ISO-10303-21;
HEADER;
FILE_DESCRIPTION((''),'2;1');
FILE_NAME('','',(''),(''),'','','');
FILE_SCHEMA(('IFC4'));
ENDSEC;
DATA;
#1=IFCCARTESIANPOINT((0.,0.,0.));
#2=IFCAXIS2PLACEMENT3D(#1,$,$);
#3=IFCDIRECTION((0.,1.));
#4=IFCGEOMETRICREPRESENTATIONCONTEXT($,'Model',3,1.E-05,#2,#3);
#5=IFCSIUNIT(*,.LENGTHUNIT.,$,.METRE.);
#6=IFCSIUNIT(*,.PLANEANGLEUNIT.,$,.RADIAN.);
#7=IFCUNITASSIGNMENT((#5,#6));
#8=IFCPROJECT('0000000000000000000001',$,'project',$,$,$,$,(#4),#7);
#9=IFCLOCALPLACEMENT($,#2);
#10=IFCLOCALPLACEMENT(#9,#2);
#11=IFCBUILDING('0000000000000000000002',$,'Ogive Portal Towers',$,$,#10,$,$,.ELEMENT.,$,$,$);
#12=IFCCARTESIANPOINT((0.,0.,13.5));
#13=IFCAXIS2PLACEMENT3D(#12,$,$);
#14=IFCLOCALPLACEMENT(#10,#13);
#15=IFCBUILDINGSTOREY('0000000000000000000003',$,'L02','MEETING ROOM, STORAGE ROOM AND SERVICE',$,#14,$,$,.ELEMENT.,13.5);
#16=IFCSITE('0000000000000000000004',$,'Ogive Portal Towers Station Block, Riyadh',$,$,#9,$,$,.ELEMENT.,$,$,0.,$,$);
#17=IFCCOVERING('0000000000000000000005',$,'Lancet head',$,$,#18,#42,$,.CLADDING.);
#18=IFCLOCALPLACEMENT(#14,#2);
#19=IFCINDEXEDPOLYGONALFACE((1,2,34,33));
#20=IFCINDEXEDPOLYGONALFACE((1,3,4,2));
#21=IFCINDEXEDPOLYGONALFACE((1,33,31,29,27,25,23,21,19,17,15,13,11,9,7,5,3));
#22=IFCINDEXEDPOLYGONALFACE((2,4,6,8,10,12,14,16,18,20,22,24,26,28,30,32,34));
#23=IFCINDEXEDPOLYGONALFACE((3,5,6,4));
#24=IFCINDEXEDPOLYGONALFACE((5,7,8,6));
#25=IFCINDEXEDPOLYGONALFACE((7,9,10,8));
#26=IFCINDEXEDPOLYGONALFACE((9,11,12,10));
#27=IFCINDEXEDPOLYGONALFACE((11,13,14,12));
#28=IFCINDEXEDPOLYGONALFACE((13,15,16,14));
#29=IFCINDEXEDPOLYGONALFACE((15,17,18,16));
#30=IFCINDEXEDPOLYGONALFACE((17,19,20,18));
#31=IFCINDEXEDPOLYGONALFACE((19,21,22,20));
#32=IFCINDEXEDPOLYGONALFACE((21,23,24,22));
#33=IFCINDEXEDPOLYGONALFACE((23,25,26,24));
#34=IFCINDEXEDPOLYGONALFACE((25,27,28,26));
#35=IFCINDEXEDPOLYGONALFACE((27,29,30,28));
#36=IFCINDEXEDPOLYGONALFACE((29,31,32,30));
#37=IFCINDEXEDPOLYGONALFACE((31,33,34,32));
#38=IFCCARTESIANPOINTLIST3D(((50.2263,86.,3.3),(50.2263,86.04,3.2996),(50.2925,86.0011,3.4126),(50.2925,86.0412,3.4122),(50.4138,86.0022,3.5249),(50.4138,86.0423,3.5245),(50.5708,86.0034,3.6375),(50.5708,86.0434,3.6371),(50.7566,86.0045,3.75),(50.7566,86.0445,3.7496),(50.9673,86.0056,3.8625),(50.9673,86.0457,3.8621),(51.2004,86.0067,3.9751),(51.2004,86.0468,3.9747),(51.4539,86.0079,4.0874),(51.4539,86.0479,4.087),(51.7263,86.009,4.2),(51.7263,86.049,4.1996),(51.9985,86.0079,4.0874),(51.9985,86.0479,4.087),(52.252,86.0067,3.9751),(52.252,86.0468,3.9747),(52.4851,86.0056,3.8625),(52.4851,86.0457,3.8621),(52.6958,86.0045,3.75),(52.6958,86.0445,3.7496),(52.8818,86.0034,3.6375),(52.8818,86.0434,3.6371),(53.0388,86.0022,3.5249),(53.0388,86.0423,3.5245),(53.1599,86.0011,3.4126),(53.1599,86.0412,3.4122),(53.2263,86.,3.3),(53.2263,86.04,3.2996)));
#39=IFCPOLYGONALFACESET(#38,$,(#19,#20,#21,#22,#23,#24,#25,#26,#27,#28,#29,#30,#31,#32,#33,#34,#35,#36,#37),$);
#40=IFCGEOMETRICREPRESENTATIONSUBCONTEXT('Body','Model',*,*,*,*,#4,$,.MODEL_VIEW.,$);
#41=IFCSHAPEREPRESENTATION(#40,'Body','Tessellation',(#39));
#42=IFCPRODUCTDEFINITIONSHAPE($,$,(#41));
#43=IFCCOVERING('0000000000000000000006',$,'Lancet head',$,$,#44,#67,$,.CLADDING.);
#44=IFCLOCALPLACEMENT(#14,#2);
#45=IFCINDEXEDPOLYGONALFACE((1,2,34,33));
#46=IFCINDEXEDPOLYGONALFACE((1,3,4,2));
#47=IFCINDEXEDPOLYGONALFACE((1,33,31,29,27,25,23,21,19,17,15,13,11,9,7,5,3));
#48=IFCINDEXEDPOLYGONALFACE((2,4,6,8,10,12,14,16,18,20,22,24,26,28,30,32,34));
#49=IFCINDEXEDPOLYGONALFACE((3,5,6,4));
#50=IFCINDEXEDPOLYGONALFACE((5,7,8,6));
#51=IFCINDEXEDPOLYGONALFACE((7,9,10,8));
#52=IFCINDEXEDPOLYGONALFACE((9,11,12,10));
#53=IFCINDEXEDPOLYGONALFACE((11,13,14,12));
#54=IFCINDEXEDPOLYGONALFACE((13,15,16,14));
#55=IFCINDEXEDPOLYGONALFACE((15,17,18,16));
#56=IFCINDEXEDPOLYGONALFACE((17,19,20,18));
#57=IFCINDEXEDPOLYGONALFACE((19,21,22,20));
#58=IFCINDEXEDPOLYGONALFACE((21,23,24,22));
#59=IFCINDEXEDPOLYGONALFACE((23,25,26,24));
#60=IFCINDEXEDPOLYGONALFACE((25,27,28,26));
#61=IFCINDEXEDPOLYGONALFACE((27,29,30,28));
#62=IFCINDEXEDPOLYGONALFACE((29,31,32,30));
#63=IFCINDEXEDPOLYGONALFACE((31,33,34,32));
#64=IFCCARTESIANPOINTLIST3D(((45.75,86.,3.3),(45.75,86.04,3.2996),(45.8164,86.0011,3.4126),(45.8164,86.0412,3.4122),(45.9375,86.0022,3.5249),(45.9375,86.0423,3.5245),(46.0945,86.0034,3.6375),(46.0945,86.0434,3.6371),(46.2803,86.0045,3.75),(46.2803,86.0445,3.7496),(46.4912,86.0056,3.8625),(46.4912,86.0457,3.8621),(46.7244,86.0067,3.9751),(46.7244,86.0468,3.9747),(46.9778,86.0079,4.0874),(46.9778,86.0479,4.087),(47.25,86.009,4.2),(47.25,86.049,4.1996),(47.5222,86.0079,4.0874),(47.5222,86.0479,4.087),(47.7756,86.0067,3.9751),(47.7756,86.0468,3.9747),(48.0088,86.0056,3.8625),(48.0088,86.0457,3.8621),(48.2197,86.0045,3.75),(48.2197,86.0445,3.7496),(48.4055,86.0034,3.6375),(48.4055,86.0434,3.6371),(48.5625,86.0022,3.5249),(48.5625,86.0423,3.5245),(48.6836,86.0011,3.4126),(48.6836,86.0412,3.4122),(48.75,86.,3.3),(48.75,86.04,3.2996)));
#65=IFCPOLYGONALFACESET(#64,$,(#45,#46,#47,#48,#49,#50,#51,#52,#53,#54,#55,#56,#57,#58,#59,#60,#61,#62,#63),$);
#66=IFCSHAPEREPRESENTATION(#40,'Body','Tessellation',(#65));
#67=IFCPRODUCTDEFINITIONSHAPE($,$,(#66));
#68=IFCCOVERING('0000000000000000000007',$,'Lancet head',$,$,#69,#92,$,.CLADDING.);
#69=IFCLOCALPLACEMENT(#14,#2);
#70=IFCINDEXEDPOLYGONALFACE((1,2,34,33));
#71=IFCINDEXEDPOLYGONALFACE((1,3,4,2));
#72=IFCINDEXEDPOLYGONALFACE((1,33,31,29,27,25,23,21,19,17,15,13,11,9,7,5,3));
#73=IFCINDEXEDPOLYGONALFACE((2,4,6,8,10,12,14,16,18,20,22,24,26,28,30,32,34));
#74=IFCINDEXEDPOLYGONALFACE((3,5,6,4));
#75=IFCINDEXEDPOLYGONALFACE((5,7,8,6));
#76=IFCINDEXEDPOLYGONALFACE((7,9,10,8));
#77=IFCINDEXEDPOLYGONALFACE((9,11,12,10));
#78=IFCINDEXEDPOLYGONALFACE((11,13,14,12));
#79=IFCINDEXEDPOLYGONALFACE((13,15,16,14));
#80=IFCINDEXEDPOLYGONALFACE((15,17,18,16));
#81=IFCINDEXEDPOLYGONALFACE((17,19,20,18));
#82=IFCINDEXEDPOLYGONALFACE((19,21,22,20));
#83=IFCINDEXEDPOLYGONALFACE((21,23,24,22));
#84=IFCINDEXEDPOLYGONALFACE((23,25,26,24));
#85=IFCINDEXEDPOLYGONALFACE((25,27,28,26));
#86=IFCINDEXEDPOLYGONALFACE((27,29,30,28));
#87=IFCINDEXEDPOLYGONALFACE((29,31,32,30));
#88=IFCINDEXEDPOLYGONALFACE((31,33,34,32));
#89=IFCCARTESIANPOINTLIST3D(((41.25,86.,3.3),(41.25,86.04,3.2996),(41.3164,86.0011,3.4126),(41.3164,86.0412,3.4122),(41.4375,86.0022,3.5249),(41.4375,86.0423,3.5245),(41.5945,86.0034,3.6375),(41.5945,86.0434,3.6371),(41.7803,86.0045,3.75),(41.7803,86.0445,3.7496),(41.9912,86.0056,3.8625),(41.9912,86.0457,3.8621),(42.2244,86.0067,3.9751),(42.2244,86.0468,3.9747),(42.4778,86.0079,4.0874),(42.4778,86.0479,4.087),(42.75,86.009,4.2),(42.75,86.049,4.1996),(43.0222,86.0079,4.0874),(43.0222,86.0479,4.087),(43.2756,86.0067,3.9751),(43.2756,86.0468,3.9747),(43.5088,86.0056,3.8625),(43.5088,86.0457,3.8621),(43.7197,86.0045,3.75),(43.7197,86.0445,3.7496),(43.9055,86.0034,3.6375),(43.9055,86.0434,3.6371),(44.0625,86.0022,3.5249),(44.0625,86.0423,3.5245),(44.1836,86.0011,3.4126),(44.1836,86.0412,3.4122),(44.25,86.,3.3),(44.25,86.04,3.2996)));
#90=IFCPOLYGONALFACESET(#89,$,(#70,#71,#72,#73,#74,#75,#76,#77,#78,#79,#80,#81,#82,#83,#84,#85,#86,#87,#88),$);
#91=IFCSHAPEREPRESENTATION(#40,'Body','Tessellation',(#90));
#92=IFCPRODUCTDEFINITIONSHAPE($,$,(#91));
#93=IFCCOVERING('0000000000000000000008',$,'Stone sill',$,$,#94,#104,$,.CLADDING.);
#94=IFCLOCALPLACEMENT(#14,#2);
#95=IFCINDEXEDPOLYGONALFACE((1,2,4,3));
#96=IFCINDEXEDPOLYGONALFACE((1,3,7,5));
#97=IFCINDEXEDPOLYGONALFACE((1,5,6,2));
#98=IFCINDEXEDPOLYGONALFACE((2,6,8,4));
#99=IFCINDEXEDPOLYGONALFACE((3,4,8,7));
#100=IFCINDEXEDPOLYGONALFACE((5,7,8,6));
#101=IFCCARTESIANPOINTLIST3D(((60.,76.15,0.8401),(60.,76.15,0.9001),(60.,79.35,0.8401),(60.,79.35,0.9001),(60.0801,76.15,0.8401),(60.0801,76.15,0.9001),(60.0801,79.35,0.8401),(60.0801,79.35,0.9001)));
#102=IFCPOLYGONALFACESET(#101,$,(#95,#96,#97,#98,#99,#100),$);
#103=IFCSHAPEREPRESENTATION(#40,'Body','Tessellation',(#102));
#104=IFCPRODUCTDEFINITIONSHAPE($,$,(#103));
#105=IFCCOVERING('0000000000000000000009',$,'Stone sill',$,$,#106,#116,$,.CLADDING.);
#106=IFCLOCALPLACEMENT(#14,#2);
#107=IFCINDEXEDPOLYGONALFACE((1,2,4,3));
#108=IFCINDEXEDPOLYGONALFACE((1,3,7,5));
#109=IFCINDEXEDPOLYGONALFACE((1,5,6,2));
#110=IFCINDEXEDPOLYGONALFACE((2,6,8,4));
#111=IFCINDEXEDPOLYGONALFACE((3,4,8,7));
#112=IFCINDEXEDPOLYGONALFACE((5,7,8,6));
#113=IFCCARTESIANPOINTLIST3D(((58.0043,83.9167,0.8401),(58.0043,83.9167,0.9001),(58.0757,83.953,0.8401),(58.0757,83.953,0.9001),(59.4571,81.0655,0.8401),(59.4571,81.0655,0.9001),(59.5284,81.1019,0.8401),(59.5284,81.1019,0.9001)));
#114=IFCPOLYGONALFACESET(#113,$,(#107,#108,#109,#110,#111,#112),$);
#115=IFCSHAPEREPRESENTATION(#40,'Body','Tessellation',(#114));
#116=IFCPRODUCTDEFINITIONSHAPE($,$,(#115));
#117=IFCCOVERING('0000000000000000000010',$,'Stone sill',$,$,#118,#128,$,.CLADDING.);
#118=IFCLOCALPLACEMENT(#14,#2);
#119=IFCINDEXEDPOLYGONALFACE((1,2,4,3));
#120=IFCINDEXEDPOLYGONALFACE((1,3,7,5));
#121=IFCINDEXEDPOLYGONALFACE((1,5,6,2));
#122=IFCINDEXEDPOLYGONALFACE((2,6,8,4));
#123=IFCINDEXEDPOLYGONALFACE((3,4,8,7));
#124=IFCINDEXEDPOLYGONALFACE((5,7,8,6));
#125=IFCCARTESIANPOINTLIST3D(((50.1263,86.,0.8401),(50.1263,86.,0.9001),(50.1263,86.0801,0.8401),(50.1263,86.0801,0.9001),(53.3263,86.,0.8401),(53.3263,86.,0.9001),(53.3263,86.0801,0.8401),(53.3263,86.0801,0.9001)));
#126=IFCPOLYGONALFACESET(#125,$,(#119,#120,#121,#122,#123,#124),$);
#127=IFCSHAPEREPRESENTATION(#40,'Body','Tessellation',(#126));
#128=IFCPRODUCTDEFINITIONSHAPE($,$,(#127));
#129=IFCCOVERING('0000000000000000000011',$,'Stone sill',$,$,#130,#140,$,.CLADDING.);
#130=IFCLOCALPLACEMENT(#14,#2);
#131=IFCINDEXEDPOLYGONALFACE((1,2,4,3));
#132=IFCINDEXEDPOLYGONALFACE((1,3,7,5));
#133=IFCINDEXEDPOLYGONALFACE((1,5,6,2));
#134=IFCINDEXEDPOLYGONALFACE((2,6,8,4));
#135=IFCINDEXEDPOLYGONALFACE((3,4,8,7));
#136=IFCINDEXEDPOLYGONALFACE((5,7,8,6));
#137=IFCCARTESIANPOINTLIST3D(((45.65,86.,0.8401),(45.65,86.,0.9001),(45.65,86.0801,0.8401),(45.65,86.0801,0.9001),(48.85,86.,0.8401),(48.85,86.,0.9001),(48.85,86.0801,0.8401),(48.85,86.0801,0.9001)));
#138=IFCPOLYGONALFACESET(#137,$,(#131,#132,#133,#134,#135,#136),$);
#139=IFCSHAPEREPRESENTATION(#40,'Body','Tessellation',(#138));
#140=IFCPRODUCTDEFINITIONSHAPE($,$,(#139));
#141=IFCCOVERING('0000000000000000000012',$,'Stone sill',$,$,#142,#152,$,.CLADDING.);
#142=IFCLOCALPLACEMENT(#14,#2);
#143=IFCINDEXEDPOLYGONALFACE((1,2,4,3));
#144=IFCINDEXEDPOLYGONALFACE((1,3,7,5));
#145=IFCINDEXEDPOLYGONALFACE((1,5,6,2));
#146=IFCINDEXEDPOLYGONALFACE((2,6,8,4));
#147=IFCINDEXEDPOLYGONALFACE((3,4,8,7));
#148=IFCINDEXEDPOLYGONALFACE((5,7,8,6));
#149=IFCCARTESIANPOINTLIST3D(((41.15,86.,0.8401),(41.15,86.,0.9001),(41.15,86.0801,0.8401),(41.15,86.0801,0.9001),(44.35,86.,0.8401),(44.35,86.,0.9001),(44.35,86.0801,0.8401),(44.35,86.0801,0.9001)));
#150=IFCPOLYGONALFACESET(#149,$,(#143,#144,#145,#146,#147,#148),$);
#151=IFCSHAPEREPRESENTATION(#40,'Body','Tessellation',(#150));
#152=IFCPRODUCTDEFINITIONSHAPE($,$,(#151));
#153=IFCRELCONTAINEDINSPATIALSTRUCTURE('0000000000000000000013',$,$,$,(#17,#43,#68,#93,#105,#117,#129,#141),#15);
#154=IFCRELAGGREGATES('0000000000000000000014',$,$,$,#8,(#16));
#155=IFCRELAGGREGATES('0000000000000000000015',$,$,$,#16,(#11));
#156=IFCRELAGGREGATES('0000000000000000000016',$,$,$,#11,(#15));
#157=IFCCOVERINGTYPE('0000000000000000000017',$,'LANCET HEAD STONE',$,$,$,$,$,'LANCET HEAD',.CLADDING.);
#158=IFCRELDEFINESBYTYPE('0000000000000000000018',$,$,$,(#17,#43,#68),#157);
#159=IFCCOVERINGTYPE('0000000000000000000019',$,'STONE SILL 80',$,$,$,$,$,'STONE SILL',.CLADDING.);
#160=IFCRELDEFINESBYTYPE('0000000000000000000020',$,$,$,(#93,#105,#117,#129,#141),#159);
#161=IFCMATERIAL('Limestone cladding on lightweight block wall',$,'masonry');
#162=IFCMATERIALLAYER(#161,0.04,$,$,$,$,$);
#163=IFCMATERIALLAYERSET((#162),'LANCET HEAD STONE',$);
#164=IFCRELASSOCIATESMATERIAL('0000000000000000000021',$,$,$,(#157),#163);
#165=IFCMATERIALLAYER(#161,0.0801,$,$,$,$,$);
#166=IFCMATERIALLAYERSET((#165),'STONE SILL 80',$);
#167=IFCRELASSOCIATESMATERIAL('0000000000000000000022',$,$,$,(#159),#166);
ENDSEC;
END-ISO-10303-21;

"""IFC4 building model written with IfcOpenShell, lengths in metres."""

from ifc_helpers import new_model, si_unit, direction, frame, origin, origin_2d, place, context, subcontext, project, spatial, polyline, rectangle, outline, extrude, material, layer, layer_set, type_object, element, save


model = new_model("IFC4")

# Units and contexts
model_context = context("Model", 3, precision=1e-05, world=origin(), true_north=direction((0.0, 1.0)))
body_context = subcontext(model_context, "Body", "Model", "MODEL_VIEW")
ifc_project = project(units=[si_unit("LENGTHUNIT", "METRE"), si_unit("PLANEANGLEUNIT", "RADIAN")], contexts=[model_context])

# Site, building, storey
site_placement = place(None, origin())
site = spatial("IfcSite", under=ifc_project, at=site_placement, Name="Ogive Portal Towers Station Block, Riyadh", CompositionType="ELEMENT", RefElevation=0.0)
building_placement = place(site_placement, origin())
building = spatial("IfcBuilding", under=site, at=building_placement, Name="Ogive Portal Towers", CompositionType="ELEMENT")
storey_placement = place(building_placement, frame((0.0, 0.0, 13.5)))
storey = spatial("IfcBuildingStorey", under=building, at=storey_placement, Name="L02", Description="MEETING ROOM, STORAGE ROOM AND SERVICE", CompositionType="ELEMENT", Elevation=13.5)

# Shared definitions
ifc_material_1 = material(Name="Limestone cladding on lightweight block wall", Category="masonry")

# Coverings
ifc_layer_1 = layer(ifc_material_1, 0.04)
ifc_layer_set_1 = layer_set([ifc_layer_1], Name="LANCET HEAD STONE")
covering_type_1 = type_object("IfcCoveringType", Name="LANCET HEAD STONE", ElementType="LANCET HEAD", PredefinedType="CLADDING", material=ifc_layer_set_1)
covering_1_placement = place(storey_placement, frame((53.2263, 86.0, 3.3), z_axis=(0.0, -0.99995, 0.009994), x_axis=(-1.0, 0.0, 0.0)))
element("IfcCovering", 1, at=covering_1_placement, inside=storey, type_object=covering_type_1, Name="Lancet head", PredefinedType="CLADDING", context=body_context, shape_type="SweptSolid", body=[
    extrude(outline(polyline([(0.0, 0.0), (3.0, 0.0), (2.9338, -0.1126), (2.8125, -0.2249), (2.6555, -0.3374), (2.4697, -0.45), (2.259, -0.5625), (2.0259, -0.6751), (1.7725, -0.7874), (1.5, -0.8999), (1.2278, -0.7874), (0.9744, -0.6751), (0.7412, -0.5625), (0.5305, -0.45), (0.3445, -0.3374), (0.1875, -0.2249), (0.0664, -0.1126), (0.0, 0.0)])), origin(), (0.0, 0.0, -1.0), 0.04),
])
for number, where, z_axis, x_axis, name in (
    (2, (48.75, 86.0, 3.3), (0.0, -0.99995, 0.009994), (-1.0, 0.0, 0.0), "Lancet head"),
    (3, (44.25, 86.0, 3.3), (0.0, -0.99995, 0.009994), (-1.0, 0.0, 0.0), "Lancet head"),
):
    element("IfcCovering", number, at=place(storey_placement, frame(where, z_axis=z_axis, x_axis=x_axis)), inside=storey, type_object=covering_type_1, Name=name, PredefinedType="CLADDING", context=body_context, shape_type="SweptSolid", body=[
        extrude(outline(polyline([(0.0, 0.0), (3.0, 0.0), (2.9336, -0.1126), (2.8125, -0.2249), (2.6555, -0.3374), (2.4697, -0.45), (2.2588, -0.5625), (2.0256, -0.6751), (1.7722, -0.7874), (1.5, -0.8999), (1.2278, -0.7874), (0.9744, -0.6751), (0.7412, -0.5625), (0.5303, -0.45), (0.3445, -0.3374), (0.1875, -0.2249), (0.0664, -0.1126), (0.0, 0.0)])), origin(), (0.0, 0.0, -1.0), 0.04),
    ])
ifc_layer_2 = layer(ifc_material_1, 0.0801)
ifc_layer_set_2 = layer_set([ifc_layer_2], Name="STONE SILL 80")
covering_type_2 = type_object("IfcCoveringType", Name="STONE SILL 80", ElementType="STONE SILL", PredefinedType="CLADDING", material=ifc_layer_set_2)
for number, where, z_axis, x_axis, name in (
    (4, (60.04, 77.75, 0.8401), (0.0, 0.0, 1.0), (0.0, 1.0, 0.0), "Stone sill"),
    (5, (58.7664, 82.5093, 0.8401), (0.0, 0.0, 1.0), (-0.45399, 0.891007, 0.0), "Stone sill"),
    (6, (51.7263, 86.04, 0.8401), (0.0, 0.0, 1.0), (-1.0, 0.0, 0.0), "Stone sill"),
    (7, (47.25, 86.04, 0.8401), (0.0, 0.0, 1.0), (-1.0, 0.0, 0.0), "Stone sill"),
    (8, (42.75, 86.04, 0.8401), (0.0, 0.0, 1.0), (-1.0, 0.0, 0.0), "Stone sill"),
):
    element("IfcCovering", number, at=place(storey_placement, frame(where, z_axis=z_axis, x_axis=x_axis)), inside=storey, type_object=covering_type_2, Name=name, PredefinedType="CLADDING", context=body_context, shape_type="SweptSolid", body=[
        extrude(rectangle(XDim=3.2, YDim=0.0801, at=origin_2d()), origin(), (0.0, 0.0, 1.0), 0.0601),
    ])

save(model, "model.ifc")
